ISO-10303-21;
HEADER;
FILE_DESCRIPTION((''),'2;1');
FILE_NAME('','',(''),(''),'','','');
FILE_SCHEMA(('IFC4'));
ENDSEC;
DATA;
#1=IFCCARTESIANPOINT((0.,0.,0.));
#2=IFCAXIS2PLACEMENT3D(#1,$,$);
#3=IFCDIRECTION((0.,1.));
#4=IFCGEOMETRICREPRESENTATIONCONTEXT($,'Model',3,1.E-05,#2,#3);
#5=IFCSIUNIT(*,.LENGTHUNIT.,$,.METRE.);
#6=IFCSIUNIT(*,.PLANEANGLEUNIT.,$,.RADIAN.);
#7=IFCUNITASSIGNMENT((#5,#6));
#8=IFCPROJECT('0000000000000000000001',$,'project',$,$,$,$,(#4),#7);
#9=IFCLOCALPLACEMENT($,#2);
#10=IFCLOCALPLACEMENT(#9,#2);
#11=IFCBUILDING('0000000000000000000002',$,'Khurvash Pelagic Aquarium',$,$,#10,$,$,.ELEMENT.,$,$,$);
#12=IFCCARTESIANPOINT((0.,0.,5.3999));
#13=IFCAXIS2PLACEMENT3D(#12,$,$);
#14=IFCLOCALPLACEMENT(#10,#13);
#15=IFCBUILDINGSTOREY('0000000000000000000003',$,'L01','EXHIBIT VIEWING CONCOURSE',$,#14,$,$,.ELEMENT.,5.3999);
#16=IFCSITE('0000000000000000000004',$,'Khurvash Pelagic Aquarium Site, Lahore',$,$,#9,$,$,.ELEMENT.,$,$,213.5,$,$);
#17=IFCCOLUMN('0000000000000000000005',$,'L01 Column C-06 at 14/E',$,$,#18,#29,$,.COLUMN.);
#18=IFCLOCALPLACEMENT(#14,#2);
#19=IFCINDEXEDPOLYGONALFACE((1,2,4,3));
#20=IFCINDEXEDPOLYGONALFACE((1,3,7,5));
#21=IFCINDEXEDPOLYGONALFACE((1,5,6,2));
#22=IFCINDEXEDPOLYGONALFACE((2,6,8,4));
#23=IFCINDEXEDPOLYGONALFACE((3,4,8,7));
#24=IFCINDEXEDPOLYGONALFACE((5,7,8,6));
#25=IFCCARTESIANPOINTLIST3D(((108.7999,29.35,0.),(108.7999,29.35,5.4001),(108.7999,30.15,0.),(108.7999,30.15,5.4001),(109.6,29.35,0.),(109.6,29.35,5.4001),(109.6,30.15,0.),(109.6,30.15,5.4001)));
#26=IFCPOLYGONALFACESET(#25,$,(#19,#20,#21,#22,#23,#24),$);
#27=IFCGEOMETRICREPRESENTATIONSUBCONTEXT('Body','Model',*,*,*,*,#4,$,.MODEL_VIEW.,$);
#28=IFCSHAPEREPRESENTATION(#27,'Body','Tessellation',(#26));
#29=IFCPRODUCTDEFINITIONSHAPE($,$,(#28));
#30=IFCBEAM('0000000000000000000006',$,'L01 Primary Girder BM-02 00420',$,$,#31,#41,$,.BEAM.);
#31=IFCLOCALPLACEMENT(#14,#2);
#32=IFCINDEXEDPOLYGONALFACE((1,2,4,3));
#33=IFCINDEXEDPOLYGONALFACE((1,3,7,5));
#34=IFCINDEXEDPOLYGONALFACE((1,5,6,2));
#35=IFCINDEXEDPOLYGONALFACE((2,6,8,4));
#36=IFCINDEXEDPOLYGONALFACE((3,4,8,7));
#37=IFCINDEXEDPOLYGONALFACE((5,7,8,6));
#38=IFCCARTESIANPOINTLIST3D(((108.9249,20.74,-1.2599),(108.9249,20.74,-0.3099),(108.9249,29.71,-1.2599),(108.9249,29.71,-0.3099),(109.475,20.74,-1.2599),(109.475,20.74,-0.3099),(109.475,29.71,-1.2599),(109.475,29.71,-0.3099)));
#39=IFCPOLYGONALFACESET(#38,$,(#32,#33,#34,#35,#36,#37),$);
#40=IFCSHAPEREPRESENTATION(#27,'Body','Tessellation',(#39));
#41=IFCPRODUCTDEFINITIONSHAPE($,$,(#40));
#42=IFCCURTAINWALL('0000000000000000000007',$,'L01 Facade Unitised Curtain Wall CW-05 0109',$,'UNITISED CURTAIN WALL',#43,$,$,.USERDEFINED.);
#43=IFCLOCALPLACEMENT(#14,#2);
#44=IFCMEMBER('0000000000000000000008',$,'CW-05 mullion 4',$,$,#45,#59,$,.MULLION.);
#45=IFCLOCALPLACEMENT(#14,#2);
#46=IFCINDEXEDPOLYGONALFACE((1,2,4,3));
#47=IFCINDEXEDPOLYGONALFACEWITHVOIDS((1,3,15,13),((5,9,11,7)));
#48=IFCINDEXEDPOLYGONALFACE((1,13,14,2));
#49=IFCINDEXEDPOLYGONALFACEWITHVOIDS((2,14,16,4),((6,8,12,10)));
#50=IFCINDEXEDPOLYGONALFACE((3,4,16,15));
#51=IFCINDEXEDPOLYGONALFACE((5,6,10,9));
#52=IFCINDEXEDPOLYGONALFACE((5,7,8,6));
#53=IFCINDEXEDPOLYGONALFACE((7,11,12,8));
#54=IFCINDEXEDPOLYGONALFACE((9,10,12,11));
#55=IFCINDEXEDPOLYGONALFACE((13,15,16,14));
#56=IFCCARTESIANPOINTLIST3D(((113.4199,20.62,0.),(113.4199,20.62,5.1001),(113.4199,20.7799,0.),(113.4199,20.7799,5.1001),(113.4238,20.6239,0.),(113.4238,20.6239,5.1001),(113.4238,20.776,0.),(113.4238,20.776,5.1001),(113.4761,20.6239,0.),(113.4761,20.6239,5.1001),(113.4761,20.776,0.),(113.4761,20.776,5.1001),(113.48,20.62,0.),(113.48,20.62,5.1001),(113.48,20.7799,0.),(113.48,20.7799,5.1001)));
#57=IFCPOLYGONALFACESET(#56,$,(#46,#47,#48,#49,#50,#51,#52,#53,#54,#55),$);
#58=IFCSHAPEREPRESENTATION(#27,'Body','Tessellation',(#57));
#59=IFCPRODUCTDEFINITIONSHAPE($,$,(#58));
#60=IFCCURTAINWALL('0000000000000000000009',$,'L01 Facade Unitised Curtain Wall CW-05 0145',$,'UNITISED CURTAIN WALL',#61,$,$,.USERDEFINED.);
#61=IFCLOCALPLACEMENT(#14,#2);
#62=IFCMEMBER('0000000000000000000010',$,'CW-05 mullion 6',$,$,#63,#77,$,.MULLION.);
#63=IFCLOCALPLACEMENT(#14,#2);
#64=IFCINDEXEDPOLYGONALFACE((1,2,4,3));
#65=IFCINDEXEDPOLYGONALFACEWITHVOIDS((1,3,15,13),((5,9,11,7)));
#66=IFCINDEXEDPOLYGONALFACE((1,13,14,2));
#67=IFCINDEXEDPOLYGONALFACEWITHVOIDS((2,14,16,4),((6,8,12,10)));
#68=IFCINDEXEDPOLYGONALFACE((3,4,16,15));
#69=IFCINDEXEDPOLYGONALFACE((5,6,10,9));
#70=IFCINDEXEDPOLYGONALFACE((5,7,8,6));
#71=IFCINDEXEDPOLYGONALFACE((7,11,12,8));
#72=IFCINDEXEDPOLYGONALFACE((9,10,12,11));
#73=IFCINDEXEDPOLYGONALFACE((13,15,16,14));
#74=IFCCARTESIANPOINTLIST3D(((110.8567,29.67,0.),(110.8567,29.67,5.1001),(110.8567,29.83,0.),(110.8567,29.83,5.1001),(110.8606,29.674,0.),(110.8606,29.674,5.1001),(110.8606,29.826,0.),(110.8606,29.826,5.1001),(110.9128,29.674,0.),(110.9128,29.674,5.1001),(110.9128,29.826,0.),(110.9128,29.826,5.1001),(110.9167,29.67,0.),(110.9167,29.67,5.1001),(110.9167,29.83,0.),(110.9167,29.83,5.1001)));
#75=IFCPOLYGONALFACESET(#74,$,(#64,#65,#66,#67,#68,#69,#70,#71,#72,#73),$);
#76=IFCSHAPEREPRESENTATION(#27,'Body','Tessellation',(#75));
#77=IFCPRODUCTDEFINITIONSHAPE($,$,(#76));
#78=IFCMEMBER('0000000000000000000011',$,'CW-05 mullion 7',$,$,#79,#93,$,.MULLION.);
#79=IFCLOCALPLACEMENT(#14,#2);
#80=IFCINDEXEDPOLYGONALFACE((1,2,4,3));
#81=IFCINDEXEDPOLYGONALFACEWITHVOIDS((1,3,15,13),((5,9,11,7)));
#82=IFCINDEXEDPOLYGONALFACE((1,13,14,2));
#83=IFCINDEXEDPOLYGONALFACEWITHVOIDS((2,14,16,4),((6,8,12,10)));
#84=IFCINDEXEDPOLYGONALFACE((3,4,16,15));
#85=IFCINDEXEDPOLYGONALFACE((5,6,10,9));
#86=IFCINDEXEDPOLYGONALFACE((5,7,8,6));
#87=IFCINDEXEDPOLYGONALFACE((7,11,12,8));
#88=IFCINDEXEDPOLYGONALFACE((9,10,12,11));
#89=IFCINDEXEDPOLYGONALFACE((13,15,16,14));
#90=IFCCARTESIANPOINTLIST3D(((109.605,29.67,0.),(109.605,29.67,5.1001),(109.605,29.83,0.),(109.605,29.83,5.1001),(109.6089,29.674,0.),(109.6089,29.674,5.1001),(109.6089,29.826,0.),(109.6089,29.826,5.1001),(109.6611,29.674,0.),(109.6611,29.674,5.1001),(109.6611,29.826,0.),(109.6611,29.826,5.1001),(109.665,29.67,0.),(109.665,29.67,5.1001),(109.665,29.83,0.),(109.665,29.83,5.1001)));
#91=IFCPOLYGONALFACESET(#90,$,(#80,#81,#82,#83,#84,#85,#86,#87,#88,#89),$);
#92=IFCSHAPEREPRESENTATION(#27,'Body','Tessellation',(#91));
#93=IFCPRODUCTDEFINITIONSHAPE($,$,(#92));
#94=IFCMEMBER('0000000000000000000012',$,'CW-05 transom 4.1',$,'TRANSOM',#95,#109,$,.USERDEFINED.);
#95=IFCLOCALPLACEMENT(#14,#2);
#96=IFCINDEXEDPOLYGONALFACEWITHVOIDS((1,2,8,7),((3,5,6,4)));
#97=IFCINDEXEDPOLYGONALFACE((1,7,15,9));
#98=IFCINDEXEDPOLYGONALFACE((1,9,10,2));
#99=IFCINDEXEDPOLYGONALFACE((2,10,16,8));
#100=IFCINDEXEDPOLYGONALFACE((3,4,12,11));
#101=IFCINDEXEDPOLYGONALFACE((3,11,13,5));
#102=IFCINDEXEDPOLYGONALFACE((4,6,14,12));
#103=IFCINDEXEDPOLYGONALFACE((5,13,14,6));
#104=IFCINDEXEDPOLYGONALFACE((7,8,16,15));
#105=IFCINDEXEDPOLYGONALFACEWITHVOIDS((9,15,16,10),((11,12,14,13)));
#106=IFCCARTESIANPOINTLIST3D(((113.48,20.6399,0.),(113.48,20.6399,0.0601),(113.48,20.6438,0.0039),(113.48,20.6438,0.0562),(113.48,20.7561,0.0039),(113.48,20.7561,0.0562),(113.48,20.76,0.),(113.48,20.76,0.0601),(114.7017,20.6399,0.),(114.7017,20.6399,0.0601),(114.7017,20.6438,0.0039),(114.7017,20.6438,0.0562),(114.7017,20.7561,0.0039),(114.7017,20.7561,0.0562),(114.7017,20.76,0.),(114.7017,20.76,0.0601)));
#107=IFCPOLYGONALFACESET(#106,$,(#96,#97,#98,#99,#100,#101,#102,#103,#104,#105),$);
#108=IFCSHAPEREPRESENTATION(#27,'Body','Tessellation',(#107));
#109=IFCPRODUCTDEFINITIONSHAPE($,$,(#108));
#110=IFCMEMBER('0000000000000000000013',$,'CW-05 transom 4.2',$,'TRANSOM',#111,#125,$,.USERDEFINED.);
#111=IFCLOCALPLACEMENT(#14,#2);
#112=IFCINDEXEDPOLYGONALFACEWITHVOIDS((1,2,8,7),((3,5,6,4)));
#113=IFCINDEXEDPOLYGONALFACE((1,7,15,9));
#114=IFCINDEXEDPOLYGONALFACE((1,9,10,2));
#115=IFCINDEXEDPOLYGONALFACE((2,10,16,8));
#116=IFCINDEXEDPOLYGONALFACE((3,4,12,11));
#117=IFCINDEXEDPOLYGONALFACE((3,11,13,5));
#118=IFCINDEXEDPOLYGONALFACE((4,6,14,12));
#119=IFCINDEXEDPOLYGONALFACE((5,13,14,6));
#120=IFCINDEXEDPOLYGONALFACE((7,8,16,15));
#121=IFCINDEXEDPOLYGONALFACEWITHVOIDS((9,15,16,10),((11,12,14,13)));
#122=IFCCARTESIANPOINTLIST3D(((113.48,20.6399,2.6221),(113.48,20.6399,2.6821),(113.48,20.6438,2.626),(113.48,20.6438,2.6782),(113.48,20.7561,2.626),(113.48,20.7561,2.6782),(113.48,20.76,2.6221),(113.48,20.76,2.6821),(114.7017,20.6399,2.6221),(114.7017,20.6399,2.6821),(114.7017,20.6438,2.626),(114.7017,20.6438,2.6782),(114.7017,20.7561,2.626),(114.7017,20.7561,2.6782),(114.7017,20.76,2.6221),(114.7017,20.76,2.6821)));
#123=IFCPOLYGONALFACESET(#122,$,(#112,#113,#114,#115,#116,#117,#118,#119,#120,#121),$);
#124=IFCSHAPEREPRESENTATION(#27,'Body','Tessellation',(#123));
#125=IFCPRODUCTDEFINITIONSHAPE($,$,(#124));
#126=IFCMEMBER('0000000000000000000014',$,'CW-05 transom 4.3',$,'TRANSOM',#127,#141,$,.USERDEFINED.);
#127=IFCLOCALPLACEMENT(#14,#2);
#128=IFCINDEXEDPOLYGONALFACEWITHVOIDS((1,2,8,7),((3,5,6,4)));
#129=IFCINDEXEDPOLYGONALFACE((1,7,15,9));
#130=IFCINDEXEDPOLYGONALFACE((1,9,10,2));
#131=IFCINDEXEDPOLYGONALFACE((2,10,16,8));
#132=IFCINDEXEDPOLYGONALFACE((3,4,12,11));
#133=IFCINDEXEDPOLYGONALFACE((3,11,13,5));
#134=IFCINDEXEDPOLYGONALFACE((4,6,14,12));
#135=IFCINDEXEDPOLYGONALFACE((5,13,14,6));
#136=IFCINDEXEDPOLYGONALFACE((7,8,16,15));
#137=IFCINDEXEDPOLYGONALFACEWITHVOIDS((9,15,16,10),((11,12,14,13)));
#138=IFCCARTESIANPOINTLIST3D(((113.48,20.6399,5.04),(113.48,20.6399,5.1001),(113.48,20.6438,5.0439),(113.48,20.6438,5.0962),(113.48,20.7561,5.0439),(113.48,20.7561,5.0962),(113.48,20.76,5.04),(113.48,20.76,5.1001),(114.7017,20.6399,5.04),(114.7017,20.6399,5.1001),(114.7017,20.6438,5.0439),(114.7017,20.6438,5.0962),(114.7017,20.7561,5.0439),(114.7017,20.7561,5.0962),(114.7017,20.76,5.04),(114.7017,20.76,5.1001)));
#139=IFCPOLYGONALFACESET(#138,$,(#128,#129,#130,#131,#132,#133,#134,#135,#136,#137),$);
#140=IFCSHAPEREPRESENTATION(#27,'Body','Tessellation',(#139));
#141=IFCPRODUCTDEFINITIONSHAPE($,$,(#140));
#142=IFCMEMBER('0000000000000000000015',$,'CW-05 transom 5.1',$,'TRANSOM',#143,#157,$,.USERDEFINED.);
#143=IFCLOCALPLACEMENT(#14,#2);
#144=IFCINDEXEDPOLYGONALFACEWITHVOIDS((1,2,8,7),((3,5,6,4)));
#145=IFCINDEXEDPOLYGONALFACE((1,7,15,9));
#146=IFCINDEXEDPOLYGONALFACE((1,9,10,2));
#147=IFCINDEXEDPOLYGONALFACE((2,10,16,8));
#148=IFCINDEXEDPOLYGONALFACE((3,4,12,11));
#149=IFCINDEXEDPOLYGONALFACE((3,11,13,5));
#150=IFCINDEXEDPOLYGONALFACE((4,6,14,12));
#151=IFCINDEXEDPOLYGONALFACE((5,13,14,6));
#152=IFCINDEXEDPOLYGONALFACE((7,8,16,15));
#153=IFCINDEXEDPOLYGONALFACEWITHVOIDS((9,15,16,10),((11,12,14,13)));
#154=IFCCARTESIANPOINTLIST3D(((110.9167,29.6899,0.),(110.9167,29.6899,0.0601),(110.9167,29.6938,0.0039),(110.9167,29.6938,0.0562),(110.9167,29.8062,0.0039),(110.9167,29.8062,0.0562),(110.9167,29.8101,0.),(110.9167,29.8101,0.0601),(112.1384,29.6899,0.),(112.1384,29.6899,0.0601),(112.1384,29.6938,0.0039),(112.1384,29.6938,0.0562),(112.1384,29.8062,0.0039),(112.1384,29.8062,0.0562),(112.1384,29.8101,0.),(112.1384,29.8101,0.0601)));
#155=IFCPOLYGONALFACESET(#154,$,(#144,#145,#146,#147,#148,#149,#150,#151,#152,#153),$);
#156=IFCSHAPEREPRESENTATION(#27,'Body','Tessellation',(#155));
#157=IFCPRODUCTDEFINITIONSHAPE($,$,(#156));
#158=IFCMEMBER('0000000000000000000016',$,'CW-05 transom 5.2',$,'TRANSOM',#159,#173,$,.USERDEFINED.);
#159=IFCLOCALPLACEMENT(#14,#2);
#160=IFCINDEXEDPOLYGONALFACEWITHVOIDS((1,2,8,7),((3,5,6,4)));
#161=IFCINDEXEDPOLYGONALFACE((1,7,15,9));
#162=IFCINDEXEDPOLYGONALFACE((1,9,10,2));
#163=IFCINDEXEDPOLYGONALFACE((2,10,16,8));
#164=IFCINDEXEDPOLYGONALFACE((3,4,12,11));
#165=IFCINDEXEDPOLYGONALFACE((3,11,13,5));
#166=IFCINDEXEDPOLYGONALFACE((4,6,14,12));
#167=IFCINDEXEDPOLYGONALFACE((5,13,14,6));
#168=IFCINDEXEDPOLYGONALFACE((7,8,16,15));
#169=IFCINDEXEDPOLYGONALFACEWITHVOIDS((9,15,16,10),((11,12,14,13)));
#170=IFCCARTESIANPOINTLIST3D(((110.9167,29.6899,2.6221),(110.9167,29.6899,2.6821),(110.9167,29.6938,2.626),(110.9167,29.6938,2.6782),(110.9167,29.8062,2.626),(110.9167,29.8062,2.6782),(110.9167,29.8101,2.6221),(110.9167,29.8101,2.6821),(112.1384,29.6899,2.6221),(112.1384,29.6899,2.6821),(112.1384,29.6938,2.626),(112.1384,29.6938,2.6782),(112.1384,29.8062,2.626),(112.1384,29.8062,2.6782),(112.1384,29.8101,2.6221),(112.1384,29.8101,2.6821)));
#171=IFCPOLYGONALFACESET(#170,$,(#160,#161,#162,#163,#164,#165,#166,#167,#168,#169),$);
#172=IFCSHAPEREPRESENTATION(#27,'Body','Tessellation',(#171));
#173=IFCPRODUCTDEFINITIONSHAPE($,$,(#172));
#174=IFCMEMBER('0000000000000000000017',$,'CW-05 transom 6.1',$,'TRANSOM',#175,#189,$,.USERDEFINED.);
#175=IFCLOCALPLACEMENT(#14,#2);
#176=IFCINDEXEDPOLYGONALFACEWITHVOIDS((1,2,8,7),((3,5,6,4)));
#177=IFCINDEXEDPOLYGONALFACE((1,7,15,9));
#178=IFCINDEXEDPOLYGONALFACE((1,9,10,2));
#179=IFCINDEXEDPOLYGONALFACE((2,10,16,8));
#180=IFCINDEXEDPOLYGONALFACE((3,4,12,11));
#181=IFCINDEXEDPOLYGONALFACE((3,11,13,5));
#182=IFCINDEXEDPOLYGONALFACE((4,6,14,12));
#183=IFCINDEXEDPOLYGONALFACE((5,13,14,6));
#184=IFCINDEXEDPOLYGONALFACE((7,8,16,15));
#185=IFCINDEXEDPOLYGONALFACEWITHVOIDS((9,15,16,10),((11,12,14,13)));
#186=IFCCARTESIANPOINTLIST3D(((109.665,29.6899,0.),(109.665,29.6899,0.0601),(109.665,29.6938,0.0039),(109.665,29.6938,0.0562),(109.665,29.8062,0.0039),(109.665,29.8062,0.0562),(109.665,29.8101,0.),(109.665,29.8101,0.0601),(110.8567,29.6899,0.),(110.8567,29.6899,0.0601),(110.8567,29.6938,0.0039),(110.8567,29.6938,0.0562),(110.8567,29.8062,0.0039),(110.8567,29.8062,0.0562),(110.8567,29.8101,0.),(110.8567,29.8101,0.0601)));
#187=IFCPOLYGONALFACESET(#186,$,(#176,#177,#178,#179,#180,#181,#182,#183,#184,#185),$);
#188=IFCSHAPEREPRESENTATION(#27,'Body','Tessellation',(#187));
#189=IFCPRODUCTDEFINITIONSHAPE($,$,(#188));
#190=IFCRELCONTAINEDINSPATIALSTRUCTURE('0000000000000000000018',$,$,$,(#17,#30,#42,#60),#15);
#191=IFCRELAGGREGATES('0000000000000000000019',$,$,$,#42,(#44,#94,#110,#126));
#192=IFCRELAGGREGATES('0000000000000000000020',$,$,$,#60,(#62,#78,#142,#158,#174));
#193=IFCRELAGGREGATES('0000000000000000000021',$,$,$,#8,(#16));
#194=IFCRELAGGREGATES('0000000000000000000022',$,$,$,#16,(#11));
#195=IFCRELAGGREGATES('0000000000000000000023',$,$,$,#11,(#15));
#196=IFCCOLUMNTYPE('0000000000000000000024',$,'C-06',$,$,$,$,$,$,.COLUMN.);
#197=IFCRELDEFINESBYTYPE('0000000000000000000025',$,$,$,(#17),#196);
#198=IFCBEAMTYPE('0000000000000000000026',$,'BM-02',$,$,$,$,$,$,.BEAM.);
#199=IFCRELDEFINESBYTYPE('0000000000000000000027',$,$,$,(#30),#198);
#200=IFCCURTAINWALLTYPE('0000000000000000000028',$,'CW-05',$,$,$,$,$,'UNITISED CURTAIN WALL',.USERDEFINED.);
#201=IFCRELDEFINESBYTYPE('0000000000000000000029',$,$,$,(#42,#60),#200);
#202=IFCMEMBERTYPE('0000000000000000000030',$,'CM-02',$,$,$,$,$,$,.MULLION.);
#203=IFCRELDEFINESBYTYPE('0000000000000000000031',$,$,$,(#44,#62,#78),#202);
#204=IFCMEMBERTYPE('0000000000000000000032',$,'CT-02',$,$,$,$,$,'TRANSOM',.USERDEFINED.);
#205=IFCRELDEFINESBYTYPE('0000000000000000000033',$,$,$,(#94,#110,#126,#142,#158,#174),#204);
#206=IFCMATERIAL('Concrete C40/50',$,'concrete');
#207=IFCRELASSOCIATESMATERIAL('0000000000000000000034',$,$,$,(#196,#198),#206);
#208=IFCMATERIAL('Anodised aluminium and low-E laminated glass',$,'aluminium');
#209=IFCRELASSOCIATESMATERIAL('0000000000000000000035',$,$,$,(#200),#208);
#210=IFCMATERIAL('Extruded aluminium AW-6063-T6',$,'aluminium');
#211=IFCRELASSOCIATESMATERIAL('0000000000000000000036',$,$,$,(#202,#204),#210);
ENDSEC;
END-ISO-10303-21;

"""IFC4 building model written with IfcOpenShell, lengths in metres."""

from ifc_helpers import new_model, si_unit, direction, frame, origin, origin_2d, place, context, subcontext, project, spatial, rectangle, hollow_rectangle, extrude, material, material_profile, profile_set, type_object, element, aggregate, save


model = new_model("IFC4")

# Units and contexts
model_context = context("Model", 3, precision=1e-05, world=origin(), true_north=direction((0.0, 1.0)))
body_context = subcontext(model_context, "Body", "Model", "MODEL_VIEW")
ifc_project = project(units=[si_unit("LENGTHUNIT", "METRE"), si_unit("PLANEANGLEUNIT", "RADIAN")], contexts=[model_context])

# Site, building, storey
site_placement = place(None, origin())
site = spatial("IfcSite", under=ifc_project, at=site_placement, Name="Khurvash Pelagic Aquarium Site, Lahore", CompositionType="ELEMENT", RefElevation=213.5)
building_placement = place(site_placement, origin())
building = spatial("IfcBuilding", under=site, at=building_placement, Name="Khurvash Pelagic Aquarium", CompositionType="ELEMENT")
storey_placement = place(building_placement, frame((0.0, 0.0, 5.3999)))
storey = spatial("IfcBuildingStorey", under=building, at=storey_placement, Name="L01", Description="EXHIBIT VIEWING CONCOURSE", CompositionType="ELEMENT", Elevation=5.3999)

# Column
ifc_material_1 = material(Name="Concrete C40/50", Category="concrete")
ifc_material_profile_1 = material_profile(ifc_material_1, rectangle(XDim=0.8, YDim=0.8, at=origin_2d()), Name="RC800X800")
ifc_profile_set_1 = profile_set([ifc_material_profile_1], Name="Concrete C40/50")
column_type = type_object("IfcColumnType", Name="C-06", PredefinedType="COLUMN", material=ifc_profile_set_1)
column_placement = place(storey_placement, frame((109.2, 29.75, 0.0), z_axis=(0.0, 0.0, 1.0), x_axis=(1.0, 0.0, 0.0)))
element("IfcColumn", 1, at=column_placement, inside=storey, type_object=column_type, Name="L01 Column C-06 at 14/E", PredefinedType="COLUMN", context=body_context, shape_type="SweptSolid", body=[
    extrude(rectangle(XDim=0.8, YDim=0.8, at=origin_2d()), origin(), (0.0, 0.0, 1.0), 5.4001),
])

# Beam
ifc_material_profile_2 = material_profile(ifc_material_1, rectangle(XDim=0.55, YDim=0.95, at=origin_2d()), Name="RC550X950")
ifc_profile_set_2 = profile_set([ifc_material_profile_2], Name="Concrete C40/50")
beam_type_1 = type_object("IfcBeamType", Name="BM-02", PredefinedType="BEAM", material=ifc_profile_set_2)
beam_1_placement = place(storey_placement, frame((109.2, 20.74, -0.7849), z_axis=(0.0, 1.0, 0.0), x_axis=(-1.0, 0.0, 0.0)))
element("IfcBeam", 2, at=beam_1_placement, inside=storey, type_object=beam_type_1, Name="L01 Primary Girder BM-02 00420", PredefinedType="BEAM", context=body_context, shape_type="SweptSolid", body=[
    extrude(rectangle(XDim=0.55, YDim=0.95, at=origin_2d()), origin(), (0.0, 0.0, 1.0), 8.97),
])

# Curtain wall, member
ifc_material_2 = material(Name="Anodised aluminium and low-E laminated glass", Category="aluminium")
curtain_wall_type = type_object("IfcCurtainWallType", Name="CW-05", ElementType="UNITISED CURTAIN WALL", PredefinedType="USERDEFINED", material=ifc_material_2)
curtain_wall_1_placement = place(storey_placement, origin())
curtain_wall_1 = element("IfcCurtainWall", 3, at=curtain_wall_1_placement, inside=storey, type_object=curtain_wall_type, Name="L01 Facade Unitised Curtain Wall CW-05 0109", ObjectType="UNITISED CURTAIN WALL", PredefinedType="USERDEFINED")
ifc_material_3 = material(Name="Extruded aluminium AW-6063-T6", Category="aluminium")
ifc_material_profile_3 = material_profile(ifc_material_3, hollow_rectangle(XDim=0.0601, YDim=0.1599, WallThickness=0.0039, at=origin_2d()), Name="CWM60X160X4")
ifc_profile_set_3 = profile_set([ifc_material_profile_3], Name="Extruded aluminium AW-6063-T6")
member_type_1 = type_object("IfcMemberType", Name="CM-02", PredefinedType="MULLION", material=ifc_profile_set_3)
member_1_placement = place(storey_placement, frame((113.45, 20.7, 0.0), z_axis=(0.0, 0.0, 1.0), x_axis=(1.0, 0.0, 0.0)))
member_1 = element("IfcMember", 4, at=member_1_placement, type_object=member_type_1, Name="CW-05 mullion 4", PredefinedType="MULLION", context=body_context, shape_type="SweptSolid", body=[
    extrude(hollow_rectangle(XDim=0.0601, YDim=0.1599, WallThickness=0.0039, at=origin_2d()), origin(), (0.0, 0.0, 1.0), 5.1001),
])

# Curtain wall, members
curtain_wall_2_placement = place(storey_placement, origin())
curtain_wall_2 = element("IfcCurtainWall", 5, at=curtain_wall_2_placement, inside=storey, type_object=curtain_wall_type, Name="L01 Facade Unitised Curtain Wall CW-05 0145", ObjectType="UNITISED CURTAIN WALL", PredefinedType="USERDEFINED")
member_2_placement = place(storey_placement, frame((110.8867, 29.75, 0.0), z_axis=(0.0, 0.0, 1.0), x_axis=(-1.0, 0.0, 0.0)))
member_2 = element("IfcMember", 6, at=member_2_placement, type_object=member_type_1, Name="CW-05 mullion 6", PredefinedType="MULLION", context=body_context, shape_type="SweptSolid", body=[
    extrude(hollow_rectangle(XDim=0.0601, YDim=0.1599, WallThickness=0.0039, at=origin_2d()), origin(), (0.0, 0.0, 1.0), 5.1001),
])
member_3_placement = place(storey_placement, frame((109.635, 29.75, 0.0), z_axis=(0.0, 0.0, 1.0), x_axis=(-1.0, 0.0, 0.0)))
member_3 = element("IfcMember", 7, at=member_3_placement, type_object=member_type_1, Name="CW-05 mullion 7", PredefinedType="MULLION", context=body_context, shape_type="SweptSolid", body=[
    extrude(hollow_rectangle(XDim=0.0601, YDim=0.1599, WallThickness=0.0039, at=origin_2d()), origin(), (0.0, 0.0, 1.0), 5.1001),
])

# Members
ifc_material_profile_4 = material_profile(ifc_material_3, hollow_rectangle(XDim=0.1201, YDim=0.0601, WallThickness=0.0039, at=origin_2d()), Name="CWT120X60X4")
ifc_profile_set_4 = profile_set([ifc_material_profile_4], Name="Extruded aluminium AW-6063-T6")
member_type_2 = type_object("IfcMemberType", Name="CT-02", ElementType="TRANSOM", PredefinedType="USERDEFINED", material=ifc_profile_set_4)
member_4_placement = place(storey_placement, frame((113.48, 20.7, 0.03), z_axis=(1.0, 0.0, 0.0), x_axis=(0.0, 1.0, 0.0)))
member_4 = element("IfcMember", 8, at=member_4_placement, type_object=member_type_2, Name="CW-05 transom 4.1", ObjectType="TRANSOM", PredefinedType="USERDEFINED", context=body_context, shape_type="SweptSolid", body=[
    extrude(hollow_rectangle(XDim=0.1201, YDim=0.0601, WallThickness=0.0039, at=origin_2d()), origin(), (0.0, 0.0, 1.0), 1.2217),
])
member_5_placement = place(storey_placement, frame((113.48, 20.7, 2.6521), z_axis=(1.0, 0.0, 0.0), x_axis=(0.0, 1.0, 0.0)))
member_5 = element("IfcMember", 9, at=member_5_placement, type_object=member_type_2, Name="CW-05 transom 4.2", ObjectType="TRANSOM", PredefinedType="USERDEFINED", context=body_context, shape_type="SweptSolid", body=[
    extrude(hollow_rectangle(XDim=0.1201, YDim=0.0601, WallThickness=0.0039, at=origin_2d()), origin(), (0.0, 0.0, 1.0), 1.2217),
])
member_6_placement = place(storey_placement, frame((113.48, 20.7, 5.0701), z_axis=(1.0, 0.0, 0.0), x_axis=(0.0, 1.0, 0.0)))
member_6 = element("IfcMember", 10, at=member_6_placement, type_object=member_type_2, Name="CW-05 transom 4.3", ObjectType="TRANSOM", PredefinedType="USERDEFINED", context=body_context, shape_type="SweptSolid", body=[
    extrude(hollow_rectangle(XDim=0.1201, YDim=0.0601, WallThickness=0.0039, at=origin_2d()), origin(), (0.0, 0.0, 1.0), 1.2217),
])
member_7_placement = place(storey_placement, frame((112.1384, 29.75, 0.03), z_axis=(-1.0, 0.0, 0.0), x_axis=(0.0, -1.0, 0.0)))
member_7 = element("IfcMember", 11, at=member_7_placement, type_object=member_type_2, Name="CW-05 transom 5.1", ObjectType="TRANSOM", PredefinedType="USERDEFINED", context=body_context, shape_type="SweptSolid", body=[
    extrude(hollow_rectangle(XDim=0.1201, YDim=0.0601, WallThickness=0.0039, at=origin_2d()), origin(), (0.0, 0.0, 1.0), 1.2217),
])
member_8_placement = place(storey_placement, frame((112.1384, 29.75, 2.6521), z_axis=(-1.0, 0.0, 0.0), x_axis=(0.0, -1.0, 0.0)))
member_8 = element("IfcMember", 12, at=member_8_placement, type_object=member_type_2, Name="CW-05 transom 5.2", ObjectType="TRANSOM", PredefinedType="USERDEFINED", context=body_context, shape_type="SweptSolid", body=[
    extrude(hollow_rectangle(XDim=0.1201, YDim=0.0601, WallThickness=0.0039, at=origin_2d()), origin(), (0.0, 0.0, 1.0), 1.2217),
])
member_9_placement = place(storey_placement, frame((110.8567, 29.75, 0.03), z_axis=(-1.0, 0.0, 0.0), x_axis=(0.0, -1.0, 0.0)))
member_9 = element("IfcMember", 13, at=member_9_placement, type_object=member_type_2, Name="CW-05 transom 6.1", ObjectType="TRANSOM", PredefinedType="USERDEFINED", context=body_context, shape_type="SweptSolid", body=[
    extrude(hollow_rectangle(XDim=0.1201, YDim=0.0601, WallThickness=0.0039, at=origin_2d()), origin(), (0.0, 0.0, 1.0), 1.1917),
])

aggregate(curtain_wall_1, [member_1, member_4, member_5, member_6])
aggregate(curtain_wall_2, [member_2, member_3, member_7, member_8, member_9])

save(model, "model.ifc")
